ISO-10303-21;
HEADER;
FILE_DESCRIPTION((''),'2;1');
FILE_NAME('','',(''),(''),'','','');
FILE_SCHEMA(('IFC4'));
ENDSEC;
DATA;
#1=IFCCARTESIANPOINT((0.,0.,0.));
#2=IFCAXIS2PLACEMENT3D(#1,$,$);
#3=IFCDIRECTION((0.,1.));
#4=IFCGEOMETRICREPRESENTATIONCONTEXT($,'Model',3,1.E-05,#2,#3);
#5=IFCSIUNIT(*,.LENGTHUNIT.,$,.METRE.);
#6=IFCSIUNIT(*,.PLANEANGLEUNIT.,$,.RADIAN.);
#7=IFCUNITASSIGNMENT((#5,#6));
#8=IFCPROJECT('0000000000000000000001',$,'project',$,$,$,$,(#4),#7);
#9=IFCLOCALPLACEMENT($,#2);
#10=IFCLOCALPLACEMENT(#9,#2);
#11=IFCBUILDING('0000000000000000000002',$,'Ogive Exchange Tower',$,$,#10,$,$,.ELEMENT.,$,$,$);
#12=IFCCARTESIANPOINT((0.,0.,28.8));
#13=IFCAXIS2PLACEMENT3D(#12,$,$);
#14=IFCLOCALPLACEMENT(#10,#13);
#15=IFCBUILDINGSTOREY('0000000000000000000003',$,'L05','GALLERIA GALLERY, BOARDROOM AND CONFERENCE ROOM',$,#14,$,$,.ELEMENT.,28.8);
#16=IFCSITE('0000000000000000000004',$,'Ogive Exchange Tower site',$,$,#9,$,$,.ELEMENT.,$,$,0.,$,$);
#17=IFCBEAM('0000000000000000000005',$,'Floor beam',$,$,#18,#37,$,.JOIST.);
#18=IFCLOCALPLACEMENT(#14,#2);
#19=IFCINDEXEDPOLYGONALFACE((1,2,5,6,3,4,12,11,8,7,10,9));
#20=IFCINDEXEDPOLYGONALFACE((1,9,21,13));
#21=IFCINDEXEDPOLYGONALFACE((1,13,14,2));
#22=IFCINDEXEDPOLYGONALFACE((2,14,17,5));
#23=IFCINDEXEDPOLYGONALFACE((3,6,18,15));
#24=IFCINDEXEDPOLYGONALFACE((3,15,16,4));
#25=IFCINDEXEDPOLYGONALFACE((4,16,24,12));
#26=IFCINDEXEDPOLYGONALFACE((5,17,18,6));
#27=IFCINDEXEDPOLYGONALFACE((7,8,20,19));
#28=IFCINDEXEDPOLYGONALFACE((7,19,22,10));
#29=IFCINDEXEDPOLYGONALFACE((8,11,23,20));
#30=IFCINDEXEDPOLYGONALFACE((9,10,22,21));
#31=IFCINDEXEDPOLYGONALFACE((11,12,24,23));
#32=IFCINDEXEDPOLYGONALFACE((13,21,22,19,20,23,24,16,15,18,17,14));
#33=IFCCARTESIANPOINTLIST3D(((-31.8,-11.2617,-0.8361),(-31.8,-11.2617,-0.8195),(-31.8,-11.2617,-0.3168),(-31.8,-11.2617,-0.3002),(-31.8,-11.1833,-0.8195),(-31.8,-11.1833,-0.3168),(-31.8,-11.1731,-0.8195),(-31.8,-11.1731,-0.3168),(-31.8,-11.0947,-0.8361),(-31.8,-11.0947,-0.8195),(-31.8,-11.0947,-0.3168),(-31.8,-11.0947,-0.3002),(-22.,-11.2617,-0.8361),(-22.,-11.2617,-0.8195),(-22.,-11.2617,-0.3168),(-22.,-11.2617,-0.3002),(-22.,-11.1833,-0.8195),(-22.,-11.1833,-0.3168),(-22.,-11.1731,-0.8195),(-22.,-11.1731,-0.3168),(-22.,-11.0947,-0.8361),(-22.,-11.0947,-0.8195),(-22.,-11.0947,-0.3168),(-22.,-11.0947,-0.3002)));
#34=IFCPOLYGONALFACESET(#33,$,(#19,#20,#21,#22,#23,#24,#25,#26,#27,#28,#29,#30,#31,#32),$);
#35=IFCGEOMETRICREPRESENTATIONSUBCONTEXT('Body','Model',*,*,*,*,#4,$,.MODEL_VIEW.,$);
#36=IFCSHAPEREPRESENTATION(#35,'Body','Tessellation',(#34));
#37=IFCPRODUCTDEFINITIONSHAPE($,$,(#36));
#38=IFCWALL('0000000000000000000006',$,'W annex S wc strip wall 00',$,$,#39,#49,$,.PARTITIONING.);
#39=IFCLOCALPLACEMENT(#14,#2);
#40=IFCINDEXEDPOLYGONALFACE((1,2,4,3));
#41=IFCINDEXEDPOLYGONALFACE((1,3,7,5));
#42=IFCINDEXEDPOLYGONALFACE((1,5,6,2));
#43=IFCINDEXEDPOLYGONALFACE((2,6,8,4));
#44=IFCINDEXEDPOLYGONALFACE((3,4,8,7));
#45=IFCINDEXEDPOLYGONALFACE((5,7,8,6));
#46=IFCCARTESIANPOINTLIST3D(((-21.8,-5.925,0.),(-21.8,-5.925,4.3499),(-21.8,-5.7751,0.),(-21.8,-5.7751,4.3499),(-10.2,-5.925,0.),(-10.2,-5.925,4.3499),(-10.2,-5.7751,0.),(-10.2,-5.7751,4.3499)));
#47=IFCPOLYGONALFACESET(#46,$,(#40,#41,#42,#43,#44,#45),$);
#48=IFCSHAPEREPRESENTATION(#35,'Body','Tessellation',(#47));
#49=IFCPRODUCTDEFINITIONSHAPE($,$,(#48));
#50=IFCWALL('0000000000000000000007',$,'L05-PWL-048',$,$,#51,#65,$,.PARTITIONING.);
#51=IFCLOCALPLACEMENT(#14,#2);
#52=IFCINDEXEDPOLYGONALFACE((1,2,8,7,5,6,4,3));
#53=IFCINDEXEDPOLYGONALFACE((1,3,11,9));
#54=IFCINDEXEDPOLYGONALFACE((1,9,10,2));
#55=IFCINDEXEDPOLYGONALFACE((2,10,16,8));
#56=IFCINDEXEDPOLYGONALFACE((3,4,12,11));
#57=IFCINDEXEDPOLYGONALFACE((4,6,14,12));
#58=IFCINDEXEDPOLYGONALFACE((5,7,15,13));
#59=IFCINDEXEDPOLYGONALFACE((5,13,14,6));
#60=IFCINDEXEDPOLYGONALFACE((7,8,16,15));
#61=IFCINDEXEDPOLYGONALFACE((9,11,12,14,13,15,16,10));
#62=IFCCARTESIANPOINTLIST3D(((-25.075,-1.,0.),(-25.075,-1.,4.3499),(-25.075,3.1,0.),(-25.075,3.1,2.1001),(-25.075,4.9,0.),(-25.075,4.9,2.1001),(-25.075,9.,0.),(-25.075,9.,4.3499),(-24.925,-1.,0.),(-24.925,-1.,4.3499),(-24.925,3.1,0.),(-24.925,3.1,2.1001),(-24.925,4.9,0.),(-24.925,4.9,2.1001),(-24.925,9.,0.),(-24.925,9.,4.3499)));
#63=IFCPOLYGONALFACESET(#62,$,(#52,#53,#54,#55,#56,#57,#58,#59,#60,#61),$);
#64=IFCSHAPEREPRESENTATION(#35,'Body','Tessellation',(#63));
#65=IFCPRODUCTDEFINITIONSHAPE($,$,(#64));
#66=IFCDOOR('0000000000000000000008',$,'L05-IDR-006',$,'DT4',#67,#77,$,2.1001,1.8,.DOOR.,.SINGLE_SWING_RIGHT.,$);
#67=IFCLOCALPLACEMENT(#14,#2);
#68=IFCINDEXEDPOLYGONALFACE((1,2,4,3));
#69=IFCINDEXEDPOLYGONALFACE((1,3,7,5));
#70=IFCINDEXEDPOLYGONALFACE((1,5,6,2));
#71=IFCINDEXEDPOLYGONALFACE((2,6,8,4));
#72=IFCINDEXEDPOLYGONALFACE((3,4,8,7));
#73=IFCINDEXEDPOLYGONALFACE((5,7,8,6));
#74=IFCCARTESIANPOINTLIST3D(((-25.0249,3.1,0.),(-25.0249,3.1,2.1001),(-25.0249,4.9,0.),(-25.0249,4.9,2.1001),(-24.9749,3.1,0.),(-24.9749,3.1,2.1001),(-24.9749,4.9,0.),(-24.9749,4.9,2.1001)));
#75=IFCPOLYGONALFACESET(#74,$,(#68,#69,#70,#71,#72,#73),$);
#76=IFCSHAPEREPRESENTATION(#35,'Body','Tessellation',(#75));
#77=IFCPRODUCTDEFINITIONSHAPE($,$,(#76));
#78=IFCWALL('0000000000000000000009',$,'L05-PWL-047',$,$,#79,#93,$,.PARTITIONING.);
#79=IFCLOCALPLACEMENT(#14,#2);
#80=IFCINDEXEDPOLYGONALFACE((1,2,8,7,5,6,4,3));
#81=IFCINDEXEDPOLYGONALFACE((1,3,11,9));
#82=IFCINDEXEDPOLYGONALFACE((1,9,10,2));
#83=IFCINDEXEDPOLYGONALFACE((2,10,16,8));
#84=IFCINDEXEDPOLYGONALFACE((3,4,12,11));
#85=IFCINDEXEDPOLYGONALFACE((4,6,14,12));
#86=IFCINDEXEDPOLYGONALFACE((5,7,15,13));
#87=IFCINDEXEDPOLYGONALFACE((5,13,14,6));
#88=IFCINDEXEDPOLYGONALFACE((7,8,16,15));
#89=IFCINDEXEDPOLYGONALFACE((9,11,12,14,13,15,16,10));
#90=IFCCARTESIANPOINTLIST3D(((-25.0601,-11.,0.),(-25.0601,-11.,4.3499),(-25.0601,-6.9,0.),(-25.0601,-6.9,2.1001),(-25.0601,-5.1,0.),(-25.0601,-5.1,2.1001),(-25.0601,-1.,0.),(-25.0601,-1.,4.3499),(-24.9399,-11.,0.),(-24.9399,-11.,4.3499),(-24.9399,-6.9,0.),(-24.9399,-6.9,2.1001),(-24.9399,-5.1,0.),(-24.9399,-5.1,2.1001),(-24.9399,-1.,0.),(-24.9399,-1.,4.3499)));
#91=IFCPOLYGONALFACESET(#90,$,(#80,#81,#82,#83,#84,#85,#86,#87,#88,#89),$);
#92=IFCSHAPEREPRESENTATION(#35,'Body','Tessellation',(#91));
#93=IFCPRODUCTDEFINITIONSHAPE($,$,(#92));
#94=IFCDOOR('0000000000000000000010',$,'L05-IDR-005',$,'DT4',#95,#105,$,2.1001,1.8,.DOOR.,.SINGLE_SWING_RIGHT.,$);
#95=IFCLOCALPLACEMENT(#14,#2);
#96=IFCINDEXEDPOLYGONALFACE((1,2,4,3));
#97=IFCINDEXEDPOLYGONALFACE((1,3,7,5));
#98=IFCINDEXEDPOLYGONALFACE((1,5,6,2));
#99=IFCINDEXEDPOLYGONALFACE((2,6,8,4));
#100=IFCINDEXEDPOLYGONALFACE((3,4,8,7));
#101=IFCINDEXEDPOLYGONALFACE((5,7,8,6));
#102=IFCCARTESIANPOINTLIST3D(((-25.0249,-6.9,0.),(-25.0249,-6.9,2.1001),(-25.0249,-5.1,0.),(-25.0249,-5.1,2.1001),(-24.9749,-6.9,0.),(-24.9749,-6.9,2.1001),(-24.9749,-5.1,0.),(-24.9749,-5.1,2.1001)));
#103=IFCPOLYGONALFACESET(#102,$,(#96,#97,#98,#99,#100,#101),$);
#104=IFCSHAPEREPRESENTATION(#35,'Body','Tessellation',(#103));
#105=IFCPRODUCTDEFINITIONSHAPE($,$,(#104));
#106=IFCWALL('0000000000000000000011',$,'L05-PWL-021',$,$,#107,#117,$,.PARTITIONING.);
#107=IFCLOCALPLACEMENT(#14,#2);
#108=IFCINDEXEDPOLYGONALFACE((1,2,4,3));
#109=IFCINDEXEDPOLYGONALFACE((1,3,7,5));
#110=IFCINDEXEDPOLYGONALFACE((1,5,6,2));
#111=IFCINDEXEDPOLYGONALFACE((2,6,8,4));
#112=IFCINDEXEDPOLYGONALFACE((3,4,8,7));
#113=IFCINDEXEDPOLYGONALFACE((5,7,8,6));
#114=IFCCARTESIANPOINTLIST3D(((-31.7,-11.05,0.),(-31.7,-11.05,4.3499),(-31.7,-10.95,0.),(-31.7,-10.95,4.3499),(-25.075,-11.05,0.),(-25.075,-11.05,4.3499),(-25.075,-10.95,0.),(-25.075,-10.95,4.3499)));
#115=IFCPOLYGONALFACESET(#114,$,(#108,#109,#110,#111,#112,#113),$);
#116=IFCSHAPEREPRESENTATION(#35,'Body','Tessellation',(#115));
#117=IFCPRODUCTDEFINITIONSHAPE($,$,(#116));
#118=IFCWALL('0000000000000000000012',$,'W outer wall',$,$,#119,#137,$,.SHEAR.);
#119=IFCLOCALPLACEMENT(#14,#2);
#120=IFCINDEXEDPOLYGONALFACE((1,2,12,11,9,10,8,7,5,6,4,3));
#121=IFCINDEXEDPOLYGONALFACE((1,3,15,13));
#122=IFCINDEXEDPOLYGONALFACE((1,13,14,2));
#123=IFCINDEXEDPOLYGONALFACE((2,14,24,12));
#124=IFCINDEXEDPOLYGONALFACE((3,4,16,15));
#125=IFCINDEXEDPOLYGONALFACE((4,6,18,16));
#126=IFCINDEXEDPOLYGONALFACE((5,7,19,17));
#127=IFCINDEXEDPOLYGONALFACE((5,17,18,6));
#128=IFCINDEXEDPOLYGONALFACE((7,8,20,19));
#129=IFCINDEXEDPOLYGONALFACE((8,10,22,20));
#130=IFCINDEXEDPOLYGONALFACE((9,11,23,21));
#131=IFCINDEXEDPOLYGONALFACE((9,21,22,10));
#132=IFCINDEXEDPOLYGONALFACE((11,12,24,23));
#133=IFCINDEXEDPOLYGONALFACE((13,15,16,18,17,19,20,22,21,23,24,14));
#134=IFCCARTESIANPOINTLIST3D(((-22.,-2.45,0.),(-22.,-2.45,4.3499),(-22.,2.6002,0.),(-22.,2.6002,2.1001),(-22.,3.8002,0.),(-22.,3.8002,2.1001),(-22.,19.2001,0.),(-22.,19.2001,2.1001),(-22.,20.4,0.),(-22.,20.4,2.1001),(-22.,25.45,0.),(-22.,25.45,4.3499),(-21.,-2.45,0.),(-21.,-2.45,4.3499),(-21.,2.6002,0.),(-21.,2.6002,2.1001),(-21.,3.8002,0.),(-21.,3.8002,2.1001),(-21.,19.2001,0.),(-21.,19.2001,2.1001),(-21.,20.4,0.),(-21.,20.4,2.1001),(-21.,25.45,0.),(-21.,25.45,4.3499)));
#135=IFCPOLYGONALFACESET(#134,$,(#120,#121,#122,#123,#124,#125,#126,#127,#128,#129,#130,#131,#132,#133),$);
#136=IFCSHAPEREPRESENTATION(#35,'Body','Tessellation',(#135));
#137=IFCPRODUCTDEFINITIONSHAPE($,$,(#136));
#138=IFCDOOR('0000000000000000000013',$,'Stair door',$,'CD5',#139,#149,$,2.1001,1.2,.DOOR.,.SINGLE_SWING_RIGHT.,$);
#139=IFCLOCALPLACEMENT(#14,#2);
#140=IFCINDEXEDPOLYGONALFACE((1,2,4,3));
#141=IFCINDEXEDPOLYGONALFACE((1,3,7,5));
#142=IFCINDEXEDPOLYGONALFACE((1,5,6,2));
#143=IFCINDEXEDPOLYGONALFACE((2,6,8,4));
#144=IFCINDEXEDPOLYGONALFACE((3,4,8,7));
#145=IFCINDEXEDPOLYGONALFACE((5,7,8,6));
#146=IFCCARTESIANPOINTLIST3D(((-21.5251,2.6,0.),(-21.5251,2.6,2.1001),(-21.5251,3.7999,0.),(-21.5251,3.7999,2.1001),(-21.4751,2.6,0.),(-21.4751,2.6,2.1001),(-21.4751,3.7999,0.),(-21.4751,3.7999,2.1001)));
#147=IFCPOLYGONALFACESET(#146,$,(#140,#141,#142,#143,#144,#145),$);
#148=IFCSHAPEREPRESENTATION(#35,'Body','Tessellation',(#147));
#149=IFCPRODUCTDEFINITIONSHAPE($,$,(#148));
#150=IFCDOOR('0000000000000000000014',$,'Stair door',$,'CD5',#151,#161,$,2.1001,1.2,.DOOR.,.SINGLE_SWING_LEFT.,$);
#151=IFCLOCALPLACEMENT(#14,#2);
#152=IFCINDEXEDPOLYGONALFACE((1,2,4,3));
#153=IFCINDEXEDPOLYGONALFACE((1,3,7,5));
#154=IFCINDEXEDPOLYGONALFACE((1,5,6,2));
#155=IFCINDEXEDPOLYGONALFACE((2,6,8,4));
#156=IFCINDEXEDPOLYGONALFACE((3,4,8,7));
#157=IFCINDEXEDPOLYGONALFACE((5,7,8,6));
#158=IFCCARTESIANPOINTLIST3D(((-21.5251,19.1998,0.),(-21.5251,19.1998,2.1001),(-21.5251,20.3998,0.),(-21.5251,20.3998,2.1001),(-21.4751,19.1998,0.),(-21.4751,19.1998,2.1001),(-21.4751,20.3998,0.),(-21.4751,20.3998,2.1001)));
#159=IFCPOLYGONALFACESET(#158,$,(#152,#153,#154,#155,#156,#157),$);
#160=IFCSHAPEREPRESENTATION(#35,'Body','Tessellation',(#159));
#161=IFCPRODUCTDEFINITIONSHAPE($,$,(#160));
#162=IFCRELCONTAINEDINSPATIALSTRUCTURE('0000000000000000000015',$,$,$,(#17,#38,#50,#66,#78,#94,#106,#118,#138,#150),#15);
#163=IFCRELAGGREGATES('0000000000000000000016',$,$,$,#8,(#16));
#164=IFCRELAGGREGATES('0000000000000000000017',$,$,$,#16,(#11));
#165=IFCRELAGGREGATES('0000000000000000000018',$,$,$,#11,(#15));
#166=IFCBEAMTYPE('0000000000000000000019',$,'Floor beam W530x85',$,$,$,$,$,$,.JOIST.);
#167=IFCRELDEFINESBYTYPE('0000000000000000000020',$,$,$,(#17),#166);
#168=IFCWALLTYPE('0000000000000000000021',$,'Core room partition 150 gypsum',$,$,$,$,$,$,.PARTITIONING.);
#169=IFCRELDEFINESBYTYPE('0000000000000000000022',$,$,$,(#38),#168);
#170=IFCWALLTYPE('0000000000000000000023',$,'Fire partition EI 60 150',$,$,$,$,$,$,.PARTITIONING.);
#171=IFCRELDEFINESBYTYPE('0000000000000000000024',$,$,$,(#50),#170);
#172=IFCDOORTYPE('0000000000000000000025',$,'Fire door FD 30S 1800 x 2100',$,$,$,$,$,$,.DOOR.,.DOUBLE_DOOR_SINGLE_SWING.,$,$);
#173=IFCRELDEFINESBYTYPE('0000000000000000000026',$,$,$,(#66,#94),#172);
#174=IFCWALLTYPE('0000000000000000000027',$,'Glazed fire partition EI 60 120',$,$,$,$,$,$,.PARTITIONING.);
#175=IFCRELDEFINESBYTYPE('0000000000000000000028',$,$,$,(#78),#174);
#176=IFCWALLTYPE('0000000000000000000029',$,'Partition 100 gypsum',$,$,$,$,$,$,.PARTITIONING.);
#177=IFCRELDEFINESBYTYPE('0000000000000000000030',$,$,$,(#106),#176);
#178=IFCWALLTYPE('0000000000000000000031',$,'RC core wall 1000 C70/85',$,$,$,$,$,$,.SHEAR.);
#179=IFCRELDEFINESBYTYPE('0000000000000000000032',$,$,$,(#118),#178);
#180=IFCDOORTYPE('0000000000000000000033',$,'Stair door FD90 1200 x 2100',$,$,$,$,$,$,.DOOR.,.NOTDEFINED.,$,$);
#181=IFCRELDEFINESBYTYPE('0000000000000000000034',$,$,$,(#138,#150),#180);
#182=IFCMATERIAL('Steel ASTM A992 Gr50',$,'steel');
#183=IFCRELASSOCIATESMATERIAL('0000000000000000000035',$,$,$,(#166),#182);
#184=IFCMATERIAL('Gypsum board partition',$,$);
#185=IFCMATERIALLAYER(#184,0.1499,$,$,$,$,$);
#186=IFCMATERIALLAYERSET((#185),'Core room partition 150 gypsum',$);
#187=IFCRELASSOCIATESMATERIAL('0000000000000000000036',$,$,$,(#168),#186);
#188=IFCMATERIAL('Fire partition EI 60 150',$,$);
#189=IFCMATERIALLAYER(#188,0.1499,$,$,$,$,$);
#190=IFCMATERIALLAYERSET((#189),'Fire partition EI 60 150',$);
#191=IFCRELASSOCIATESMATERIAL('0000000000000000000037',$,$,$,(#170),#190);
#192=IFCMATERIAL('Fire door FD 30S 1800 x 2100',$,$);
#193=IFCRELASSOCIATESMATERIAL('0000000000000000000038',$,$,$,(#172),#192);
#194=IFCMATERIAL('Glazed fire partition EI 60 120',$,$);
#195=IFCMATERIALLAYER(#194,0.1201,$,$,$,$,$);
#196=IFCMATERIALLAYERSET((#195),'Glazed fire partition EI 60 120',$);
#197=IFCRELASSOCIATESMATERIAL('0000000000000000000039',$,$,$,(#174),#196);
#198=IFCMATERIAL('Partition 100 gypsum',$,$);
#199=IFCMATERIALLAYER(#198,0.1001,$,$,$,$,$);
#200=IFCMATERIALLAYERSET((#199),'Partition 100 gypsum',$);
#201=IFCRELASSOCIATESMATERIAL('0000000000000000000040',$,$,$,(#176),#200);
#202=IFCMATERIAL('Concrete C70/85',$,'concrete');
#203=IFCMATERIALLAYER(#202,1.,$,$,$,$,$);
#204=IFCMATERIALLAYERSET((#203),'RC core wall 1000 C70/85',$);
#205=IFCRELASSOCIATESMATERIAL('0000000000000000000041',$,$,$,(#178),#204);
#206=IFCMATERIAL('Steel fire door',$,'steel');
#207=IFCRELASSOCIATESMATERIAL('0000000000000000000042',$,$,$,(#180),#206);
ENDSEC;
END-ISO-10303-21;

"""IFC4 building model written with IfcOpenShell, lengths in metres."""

from ifc_helpers import new_model, si_unit, direction, frame, frame_2d, origin, origin_2d, place, context, subcontext, project, spatial, rectangle, i_section, extrude, material, layer, layer_set, material_profile, profile_set, type_object, element, fill, save


model = new_model("IFC4")

# Units and contexts
model_context = context("Model", 3, precision=1e-05, world=origin(), true_north=direction((0.0, 1.0)))
body_context = subcontext(model_context, "Body", "Model", "MODEL_VIEW")
ifc_project = project(units=[si_unit("LENGTHUNIT", "METRE"), si_unit("PLANEANGLEUNIT", "RADIAN")], contexts=[model_context])

# Site, building, storey
site_placement = place(None, origin())
site = spatial("IfcSite", under=ifc_project, at=site_placement, Name="Ogive Exchange Tower site", CompositionType="ELEMENT", RefElevation=0.0)
building_placement = place(site_placement, origin())
building = spatial("IfcBuilding", under=site, at=building_placement, Name="Ogive Exchange Tower", CompositionType="ELEMENT")
storey_placement = place(building_placement, frame((0.0, 0.0, 28.8)))
storey = spatial("IfcBuildingStorey", under=building, at=storey_placement, Name="L05", Description="GALLERIA GALLERY, BOARDROOM AND CONFERENCE ROOM", CompositionType="ELEMENT", Elevation=28.8)

# Beam
ifc_material_1 = material(Name="Steel ASTM A992 Gr50", Category="steel")
ifc_material_profile = material_profile(ifc_material_1, i_section(OverallWidth=0.167, OverallDepth=0.5359, WebThickness=0.0103, FlangeThickness=0.0166, at=origin_2d()), Name="W530x85")
ifc_profile_set = profile_set([ifc_material_profile], Name="Steel ASTM A992 Gr50")
beam_type = type_object("IfcBeamType", Name="Floor beam W530x85", PredefinedType="JOIST", material=ifc_profile_set)
beam_placement = place(storey_placement, frame((-31.8, -11.1782, -0.5681), z_axis=(1.0, 0.0, 0.0), x_axis=(0.0, 1.0, 0.0)))
element("IfcBeam", 1, at=beam_placement, inside=storey, type_object=beam_type, Name="Floor beam", PredefinedType="JOIST", context=body_context, shape_type="SweptSolid", body=[
    extrude(i_section(OverallWidth=0.167, OverallDepth=0.5359, WebThickness=0.0103, FlangeThickness=0.0166, at=origin_2d()), origin(), (0.0, 0.0, 1.0), 9.8),
])

# Wall
ifc_material_2 = material(Name="Gypsum board partition")
ifc_layer_1 = layer(ifc_material_2, 0.1499)
ifc_layer_set_1 = layer_set([ifc_layer_1], Name="Core room partition 150 gypsum")
wall_type_1 = type_object("IfcWallType", Name="Core room partition 150 gypsum", PredefinedType="PARTITIONING", material=ifc_layer_set_1)
wall_1_placement = place(storey_placement, frame((-21.8, -5.8501, 0.0), z_axis=(0.0, 0.0, 1.0), x_axis=(1.0, 0.0, 0.0)))
element("IfcWall", 2, at=wall_1_placement, inside=storey, type_object=wall_type_1, Name="W annex S wc strip wall 00", PredefinedType="PARTITIONING", context=body_context, shape_type="SweptSolid", body=[
    extrude(rectangle(XDim=11.6001, YDim=0.1499, at=frame_2d((5.8, 0.0))), origin(), (0.0, 0.0, 1.0), 4.3499),
])

# Walls, openings, doors
ifc_material_3 = material(Name="Fire partition EI 60 150")
ifc_layer_2 = layer(ifc_material_3, 0.1499)
ifc_layer_set_2 = layer_set([ifc_layer_2], Name="Fire partition EI 60 150")
wall_type_2 = type_object("IfcWallType", Name="Fire partition EI 60 150", PredefinedType="PARTITIONING", material=ifc_layer_set_2)
wall_2_placement = place(storey_placement, frame((-25.0, -1.0, 0.0), z_axis=(0.0, 0.0, 1.0), x_axis=(0.0, 1.0, 0.0)))
wall_2 = element("IfcWall", 3, at=wall_2_placement, inside=storey, type_object=wall_type_2, Name="L05-PWL-048", PredefinedType="PARTITIONING", context=body_context, shape_type="SweptSolid", body=[
    extrude(rectangle(XDim=10.0, YDim=0.1499, at=frame_2d((5.0, 0.0))), origin(), (0.0, 0.0, 1.0), 4.3499),
])
opening_1_placement = place(wall_2_placement, frame((4.1001, 0.0, 0.0)))
opening_1 = element("IfcOpeningElement", 4, at=opening_1_placement, cuts=wall_2, PredefinedType="OPENING", context=body_context, shape_type="SweptSolid", body=[
    extrude(rectangle(XDim=1.8, YDim=2.1001, at=frame_2d((0.8999, 1.05))), frame((0.0, 0.085, 0.0), z_axis=(0.0, -1.0, 0.0), x_axis=(1.0, 0.0, 0.0)), (0.0, 0.0, 1.0), 0.1699),
])
ifc_material_4 = material(Name="Fire door FD 30S 1800 x 2100")
door_type_1 = type_object("IfcDoorType", Name="Fire door FD 30S 1800 x 2100", OperationType="DOUBLE_DOOR_SINGLE_SWING", PredefinedType="DOOR", material=ifc_material_4)
door_1_placement = place(opening_1_placement, origin())
door_1 = element("IfcDoor", 5, at=door_1_placement, inside=storey, type_object=door_type_1, Name="L05-IDR-006", ObjectType="DT4", OperationType="SINGLE_SWING_RIGHT", OverallHeight=2.1001, OverallWidth=1.8, PredefinedType="DOOR", context=body_context, shape_type="SweptSolid", body=[
    extrude(rectangle(XDim=1.8, YDim=2.1001, at=frame_2d((0.8999, 1.05))), frame((0.0, 0.0249, 0.0), z_axis=(0.0, -1.0, 0.0), x_axis=(1.0, 0.0, 0.0)), (0.0, 0.0, 1.0), 0.05),
])
fill(opening_1, door_1)
ifc_material_5 = material(Name="Glazed fire partition EI 60 120")
ifc_layer_3 = layer(ifc_material_5, 0.1201)
ifc_layer_set_3 = layer_set([ifc_layer_3], Name="Glazed fire partition EI 60 120")
wall_type_3 = type_object("IfcWallType", Name="Glazed fire partition EI 60 120", PredefinedType="PARTITIONING", material=ifc_layer_set_3)
wall_3_placement = place(storey_placement, frame((-25.0, -11.0, 0.0), z_axis=(0.0, 0.0, 1.0), x_axis=(0.0, 1.0, 0.0)))
wall_3 = element("IfcWall", 6, at=wall_3_placement, inside=storey, type_object=wall_type_3, Name="L05-PWL-047", PredefinedType="PARTITIONING", context=body_context, shape_type="SweptSolid", body=[
    extrude(rectangle(XDim=10.0, YDim=0.1201, at=frame_2d((5.0, 0.0))), origin(), (0.0, 0.0, 1.0), 4.3499),
])
opening_2_placement = place(wall_3_placement, frame((4.1001, 0.0, 0.0)))
opening_2 = element("IfcOpeningElement", 7, at=opening_2_placement, cuts=wall_3, PredefinedType="OPENING", context=body_context, shape_type="SweptSolid", body=[
    extrude(rectangle(XDim=1.8, YDim=2.1001, at=frame_2d((0.8999, 1.05))), frame((0.0, 0.0701, 0.0), z_axis=(0.0, -1.0, 0.0), x_axis=(1.0, 0.0, 0.0)), (0.0, 0.0, 1.0), 0.1401),
])
door_2_placement = place(opening_2_placement, origin())
door_2 = element("IfcDoor", 8, at=door_2_placement, inside=storey, type_object=door_type_1, Name="L05-IDR-005", ObjectType="DT4", OperationType="SINGLE_SWING_RIGHT", OverallHeight=2.1001, OverallWidth=1.8, PredefinedType="DOOR", context=body_context, shape_type="SweptSolid", body=[
    extrude(rectangle(XDim=1.8, YDim=2.1001, at=frame_2d((0.8999, 1.05))), frame((0.0, 0.0249, 0.0), z_axis=(0.0, -1.0, 0.0), x_axis=(1.0, 0.0, 0.0)), (0.0, 0.0, 1.0), 0.05),
])
fill(opening_2, door_2)

# Wall
ifc_material_6 = material(Name="Partition 100 gypsum")
ifc_layer_4 = layer(ifc_material_6, 0.1001)
ifc_layer_set_4 = layer_set([ifc_layer_4], Name="Partition 100 gypsum")
wall_type_4 = type_object("IfcWallType", Name="Partition 100 gypsum", PredefinedType="PARTITIONING", material=ifc_layer_set_4)
wall_4_placement = place(storey_placement, frame((-31.7, -11.0, 0.0), z_axis=(0.0, 0.0, 1.0), x_axis=(1.0, 0.0, 0.0)))
element("IfcWall", 9, at=wall_4_placement, inside=storey, type_object=wall_type_4, Name="L05-PWL-021", PredefinedType="PARTITIONING", context=body_context, shape_type="SweptSolid", body=[
    extrude(rectangle(XDim=6.625, YDim=0.1001, at=frame_2d((3.3125, 0.0))), origin(), (0.0, 0.0, 1.0), 4.3499),
])

# Wall, openings, doors
ifc_material_7 = material(Name="Concrete C70/85", Category="concrete")
ifc_layer_5 = layer(ifc_material_7, 1.0)
ifc_layer_set_5 = layer_set([ifc_layer_5], Name="RC core wall 1000 C70/85")
wall_type_5 = type_object("IfcWallType", Name="RC core wall 1000 C70/85", PredefinedType="SHEAR", material=ifc_layer_set_5)
wall_5_placement = place(storey_placement, frame((-21.5, -2.45, 0.0), z_axis=(0.0, 0.0, 1.0), x_axis=(0.0, 1.0, 0.0)))
wall_5 = element("IfcWall", 10, at=wall_5_placement, inside=storey, type_object=wall_type_5, Name="W outer wall", PredefinedType="SHEAR", context=body_context, shape_type="SweptSolid", body=[
    extrude(rectangle(XDim=27.8999, YDim=1.0, at=frame_2d((13.95, 0.0))), origin(), (0.0, 0.0, 1.0), 4.3499),
])
opening_3_placement = place(wall_5_placement, frame((5.05, 0.0, 0.0)))
opening_3 = element("IfcOpeningElement", 11, at=opening_3_placement, cuts=wall_5, PredefinedType="OPENING", context=body_context, shape_type="SweptSolid", body=[
    extrude(rectangle(XDim=1.2, YDim=2.1001, at=frame_2d((0.6001, 1.05))), frame((0.0, 0.51, 0.0), z_axis=(0.0, -1.0, 0.0), x_axis=(1.0, 0.0, 0.0)), (0.0, 0.0, 1.0), 1.02),
])
opening_4_placement = place(wall_5_placement, frame((21.6499, 0.0, 0.0)))
opening_4 = element("IfcOpeningElement", 12, at=opening_4_placement, cuts=wall_5, PredefinedType="OPENING", context=body_context, shape_type="SweptSolid", body=[
    extrude(rectangle(XDim=1.2, YDim=2.1001, at=frame_2d((0.6001, 1.05))), frame((0.0, 0.51, 0.0), z_axis=(0.0, -1.0, 0.0), x_axis=(1.0, 0.0, 0.0)), (0.0, 0.0, 1.0), 1.02),
])
ifc_material_8 = material(Name="Steel fire door", Category="steel")
door_type_2 = type_object("IfcDoorType", Name="Stair door FD90 1200 x 2100", OperationType="NOTDEFINED", PredefinedType="DOOR", material=ifc_material_8)
door_3_placement = place(opening_3_placement, frame((1.2, 0.0, 0.0), z_axis=(0.0, 0.0, 1.0), x_axis=(-1.0, 0.0, 0.0)))
door_3 = element("IfcDoor", 13, at=door_3_placement, inside=storey, type_object=door_type_2, Name="Stair door", ObjectType="CD5", OperationType="SINGLE_SWING_RIGHT", OverallHeight=2.1001, OverallWidth=1.2, PredefinedType="DOOR", context=body_context, shape_type="SweptSolid", body=[
    extrude(rectangle(XDim=1.2, YDim=2.1001, at=frame_2d((0.6001, 1.05))), frame((0.0, 0.0249, 0.0), z_axis=(0.0, -1.0, 0.0), x_axis=(1.0, 0.0, 0.0)), (0.0, 0.0, 1.0), 0.05),
])
fill(opening_3, door_3)
door_4_placement = place(opening_4_placement, frame((1.2, 0.0, 0.0), z_axis=(0.0, 0.0, 1.0), x_axis=(-1.0, 0.0, 0.0)))
door_4 = element("IfcDoor", 14, at=door_4_placement, inside=storey, type_object=door_type_2, Name="Stair door", ObjectType="CD5", OperationType="SINGLE_SWING_LEFT", OverallHeight=2.1001, OverallWidth=1.2, PredefinedType="DOOR", context=body_context, shape_type="SweptSolid", body=[
    extrude(rectangle(XDim=1.2, YDim=2.1001, at=frame_2d((0.6001, 1.05))), frame((0.0, 0.0249, 0.0), z_axis=(0.0, -1.0, 0.0), x_axis=(1.0, 0.0, 0.0)), (0.0, 0.0, 1.0), 0.05),
])
fill(opening_4, door_4)

save(model, "model.ifc")
